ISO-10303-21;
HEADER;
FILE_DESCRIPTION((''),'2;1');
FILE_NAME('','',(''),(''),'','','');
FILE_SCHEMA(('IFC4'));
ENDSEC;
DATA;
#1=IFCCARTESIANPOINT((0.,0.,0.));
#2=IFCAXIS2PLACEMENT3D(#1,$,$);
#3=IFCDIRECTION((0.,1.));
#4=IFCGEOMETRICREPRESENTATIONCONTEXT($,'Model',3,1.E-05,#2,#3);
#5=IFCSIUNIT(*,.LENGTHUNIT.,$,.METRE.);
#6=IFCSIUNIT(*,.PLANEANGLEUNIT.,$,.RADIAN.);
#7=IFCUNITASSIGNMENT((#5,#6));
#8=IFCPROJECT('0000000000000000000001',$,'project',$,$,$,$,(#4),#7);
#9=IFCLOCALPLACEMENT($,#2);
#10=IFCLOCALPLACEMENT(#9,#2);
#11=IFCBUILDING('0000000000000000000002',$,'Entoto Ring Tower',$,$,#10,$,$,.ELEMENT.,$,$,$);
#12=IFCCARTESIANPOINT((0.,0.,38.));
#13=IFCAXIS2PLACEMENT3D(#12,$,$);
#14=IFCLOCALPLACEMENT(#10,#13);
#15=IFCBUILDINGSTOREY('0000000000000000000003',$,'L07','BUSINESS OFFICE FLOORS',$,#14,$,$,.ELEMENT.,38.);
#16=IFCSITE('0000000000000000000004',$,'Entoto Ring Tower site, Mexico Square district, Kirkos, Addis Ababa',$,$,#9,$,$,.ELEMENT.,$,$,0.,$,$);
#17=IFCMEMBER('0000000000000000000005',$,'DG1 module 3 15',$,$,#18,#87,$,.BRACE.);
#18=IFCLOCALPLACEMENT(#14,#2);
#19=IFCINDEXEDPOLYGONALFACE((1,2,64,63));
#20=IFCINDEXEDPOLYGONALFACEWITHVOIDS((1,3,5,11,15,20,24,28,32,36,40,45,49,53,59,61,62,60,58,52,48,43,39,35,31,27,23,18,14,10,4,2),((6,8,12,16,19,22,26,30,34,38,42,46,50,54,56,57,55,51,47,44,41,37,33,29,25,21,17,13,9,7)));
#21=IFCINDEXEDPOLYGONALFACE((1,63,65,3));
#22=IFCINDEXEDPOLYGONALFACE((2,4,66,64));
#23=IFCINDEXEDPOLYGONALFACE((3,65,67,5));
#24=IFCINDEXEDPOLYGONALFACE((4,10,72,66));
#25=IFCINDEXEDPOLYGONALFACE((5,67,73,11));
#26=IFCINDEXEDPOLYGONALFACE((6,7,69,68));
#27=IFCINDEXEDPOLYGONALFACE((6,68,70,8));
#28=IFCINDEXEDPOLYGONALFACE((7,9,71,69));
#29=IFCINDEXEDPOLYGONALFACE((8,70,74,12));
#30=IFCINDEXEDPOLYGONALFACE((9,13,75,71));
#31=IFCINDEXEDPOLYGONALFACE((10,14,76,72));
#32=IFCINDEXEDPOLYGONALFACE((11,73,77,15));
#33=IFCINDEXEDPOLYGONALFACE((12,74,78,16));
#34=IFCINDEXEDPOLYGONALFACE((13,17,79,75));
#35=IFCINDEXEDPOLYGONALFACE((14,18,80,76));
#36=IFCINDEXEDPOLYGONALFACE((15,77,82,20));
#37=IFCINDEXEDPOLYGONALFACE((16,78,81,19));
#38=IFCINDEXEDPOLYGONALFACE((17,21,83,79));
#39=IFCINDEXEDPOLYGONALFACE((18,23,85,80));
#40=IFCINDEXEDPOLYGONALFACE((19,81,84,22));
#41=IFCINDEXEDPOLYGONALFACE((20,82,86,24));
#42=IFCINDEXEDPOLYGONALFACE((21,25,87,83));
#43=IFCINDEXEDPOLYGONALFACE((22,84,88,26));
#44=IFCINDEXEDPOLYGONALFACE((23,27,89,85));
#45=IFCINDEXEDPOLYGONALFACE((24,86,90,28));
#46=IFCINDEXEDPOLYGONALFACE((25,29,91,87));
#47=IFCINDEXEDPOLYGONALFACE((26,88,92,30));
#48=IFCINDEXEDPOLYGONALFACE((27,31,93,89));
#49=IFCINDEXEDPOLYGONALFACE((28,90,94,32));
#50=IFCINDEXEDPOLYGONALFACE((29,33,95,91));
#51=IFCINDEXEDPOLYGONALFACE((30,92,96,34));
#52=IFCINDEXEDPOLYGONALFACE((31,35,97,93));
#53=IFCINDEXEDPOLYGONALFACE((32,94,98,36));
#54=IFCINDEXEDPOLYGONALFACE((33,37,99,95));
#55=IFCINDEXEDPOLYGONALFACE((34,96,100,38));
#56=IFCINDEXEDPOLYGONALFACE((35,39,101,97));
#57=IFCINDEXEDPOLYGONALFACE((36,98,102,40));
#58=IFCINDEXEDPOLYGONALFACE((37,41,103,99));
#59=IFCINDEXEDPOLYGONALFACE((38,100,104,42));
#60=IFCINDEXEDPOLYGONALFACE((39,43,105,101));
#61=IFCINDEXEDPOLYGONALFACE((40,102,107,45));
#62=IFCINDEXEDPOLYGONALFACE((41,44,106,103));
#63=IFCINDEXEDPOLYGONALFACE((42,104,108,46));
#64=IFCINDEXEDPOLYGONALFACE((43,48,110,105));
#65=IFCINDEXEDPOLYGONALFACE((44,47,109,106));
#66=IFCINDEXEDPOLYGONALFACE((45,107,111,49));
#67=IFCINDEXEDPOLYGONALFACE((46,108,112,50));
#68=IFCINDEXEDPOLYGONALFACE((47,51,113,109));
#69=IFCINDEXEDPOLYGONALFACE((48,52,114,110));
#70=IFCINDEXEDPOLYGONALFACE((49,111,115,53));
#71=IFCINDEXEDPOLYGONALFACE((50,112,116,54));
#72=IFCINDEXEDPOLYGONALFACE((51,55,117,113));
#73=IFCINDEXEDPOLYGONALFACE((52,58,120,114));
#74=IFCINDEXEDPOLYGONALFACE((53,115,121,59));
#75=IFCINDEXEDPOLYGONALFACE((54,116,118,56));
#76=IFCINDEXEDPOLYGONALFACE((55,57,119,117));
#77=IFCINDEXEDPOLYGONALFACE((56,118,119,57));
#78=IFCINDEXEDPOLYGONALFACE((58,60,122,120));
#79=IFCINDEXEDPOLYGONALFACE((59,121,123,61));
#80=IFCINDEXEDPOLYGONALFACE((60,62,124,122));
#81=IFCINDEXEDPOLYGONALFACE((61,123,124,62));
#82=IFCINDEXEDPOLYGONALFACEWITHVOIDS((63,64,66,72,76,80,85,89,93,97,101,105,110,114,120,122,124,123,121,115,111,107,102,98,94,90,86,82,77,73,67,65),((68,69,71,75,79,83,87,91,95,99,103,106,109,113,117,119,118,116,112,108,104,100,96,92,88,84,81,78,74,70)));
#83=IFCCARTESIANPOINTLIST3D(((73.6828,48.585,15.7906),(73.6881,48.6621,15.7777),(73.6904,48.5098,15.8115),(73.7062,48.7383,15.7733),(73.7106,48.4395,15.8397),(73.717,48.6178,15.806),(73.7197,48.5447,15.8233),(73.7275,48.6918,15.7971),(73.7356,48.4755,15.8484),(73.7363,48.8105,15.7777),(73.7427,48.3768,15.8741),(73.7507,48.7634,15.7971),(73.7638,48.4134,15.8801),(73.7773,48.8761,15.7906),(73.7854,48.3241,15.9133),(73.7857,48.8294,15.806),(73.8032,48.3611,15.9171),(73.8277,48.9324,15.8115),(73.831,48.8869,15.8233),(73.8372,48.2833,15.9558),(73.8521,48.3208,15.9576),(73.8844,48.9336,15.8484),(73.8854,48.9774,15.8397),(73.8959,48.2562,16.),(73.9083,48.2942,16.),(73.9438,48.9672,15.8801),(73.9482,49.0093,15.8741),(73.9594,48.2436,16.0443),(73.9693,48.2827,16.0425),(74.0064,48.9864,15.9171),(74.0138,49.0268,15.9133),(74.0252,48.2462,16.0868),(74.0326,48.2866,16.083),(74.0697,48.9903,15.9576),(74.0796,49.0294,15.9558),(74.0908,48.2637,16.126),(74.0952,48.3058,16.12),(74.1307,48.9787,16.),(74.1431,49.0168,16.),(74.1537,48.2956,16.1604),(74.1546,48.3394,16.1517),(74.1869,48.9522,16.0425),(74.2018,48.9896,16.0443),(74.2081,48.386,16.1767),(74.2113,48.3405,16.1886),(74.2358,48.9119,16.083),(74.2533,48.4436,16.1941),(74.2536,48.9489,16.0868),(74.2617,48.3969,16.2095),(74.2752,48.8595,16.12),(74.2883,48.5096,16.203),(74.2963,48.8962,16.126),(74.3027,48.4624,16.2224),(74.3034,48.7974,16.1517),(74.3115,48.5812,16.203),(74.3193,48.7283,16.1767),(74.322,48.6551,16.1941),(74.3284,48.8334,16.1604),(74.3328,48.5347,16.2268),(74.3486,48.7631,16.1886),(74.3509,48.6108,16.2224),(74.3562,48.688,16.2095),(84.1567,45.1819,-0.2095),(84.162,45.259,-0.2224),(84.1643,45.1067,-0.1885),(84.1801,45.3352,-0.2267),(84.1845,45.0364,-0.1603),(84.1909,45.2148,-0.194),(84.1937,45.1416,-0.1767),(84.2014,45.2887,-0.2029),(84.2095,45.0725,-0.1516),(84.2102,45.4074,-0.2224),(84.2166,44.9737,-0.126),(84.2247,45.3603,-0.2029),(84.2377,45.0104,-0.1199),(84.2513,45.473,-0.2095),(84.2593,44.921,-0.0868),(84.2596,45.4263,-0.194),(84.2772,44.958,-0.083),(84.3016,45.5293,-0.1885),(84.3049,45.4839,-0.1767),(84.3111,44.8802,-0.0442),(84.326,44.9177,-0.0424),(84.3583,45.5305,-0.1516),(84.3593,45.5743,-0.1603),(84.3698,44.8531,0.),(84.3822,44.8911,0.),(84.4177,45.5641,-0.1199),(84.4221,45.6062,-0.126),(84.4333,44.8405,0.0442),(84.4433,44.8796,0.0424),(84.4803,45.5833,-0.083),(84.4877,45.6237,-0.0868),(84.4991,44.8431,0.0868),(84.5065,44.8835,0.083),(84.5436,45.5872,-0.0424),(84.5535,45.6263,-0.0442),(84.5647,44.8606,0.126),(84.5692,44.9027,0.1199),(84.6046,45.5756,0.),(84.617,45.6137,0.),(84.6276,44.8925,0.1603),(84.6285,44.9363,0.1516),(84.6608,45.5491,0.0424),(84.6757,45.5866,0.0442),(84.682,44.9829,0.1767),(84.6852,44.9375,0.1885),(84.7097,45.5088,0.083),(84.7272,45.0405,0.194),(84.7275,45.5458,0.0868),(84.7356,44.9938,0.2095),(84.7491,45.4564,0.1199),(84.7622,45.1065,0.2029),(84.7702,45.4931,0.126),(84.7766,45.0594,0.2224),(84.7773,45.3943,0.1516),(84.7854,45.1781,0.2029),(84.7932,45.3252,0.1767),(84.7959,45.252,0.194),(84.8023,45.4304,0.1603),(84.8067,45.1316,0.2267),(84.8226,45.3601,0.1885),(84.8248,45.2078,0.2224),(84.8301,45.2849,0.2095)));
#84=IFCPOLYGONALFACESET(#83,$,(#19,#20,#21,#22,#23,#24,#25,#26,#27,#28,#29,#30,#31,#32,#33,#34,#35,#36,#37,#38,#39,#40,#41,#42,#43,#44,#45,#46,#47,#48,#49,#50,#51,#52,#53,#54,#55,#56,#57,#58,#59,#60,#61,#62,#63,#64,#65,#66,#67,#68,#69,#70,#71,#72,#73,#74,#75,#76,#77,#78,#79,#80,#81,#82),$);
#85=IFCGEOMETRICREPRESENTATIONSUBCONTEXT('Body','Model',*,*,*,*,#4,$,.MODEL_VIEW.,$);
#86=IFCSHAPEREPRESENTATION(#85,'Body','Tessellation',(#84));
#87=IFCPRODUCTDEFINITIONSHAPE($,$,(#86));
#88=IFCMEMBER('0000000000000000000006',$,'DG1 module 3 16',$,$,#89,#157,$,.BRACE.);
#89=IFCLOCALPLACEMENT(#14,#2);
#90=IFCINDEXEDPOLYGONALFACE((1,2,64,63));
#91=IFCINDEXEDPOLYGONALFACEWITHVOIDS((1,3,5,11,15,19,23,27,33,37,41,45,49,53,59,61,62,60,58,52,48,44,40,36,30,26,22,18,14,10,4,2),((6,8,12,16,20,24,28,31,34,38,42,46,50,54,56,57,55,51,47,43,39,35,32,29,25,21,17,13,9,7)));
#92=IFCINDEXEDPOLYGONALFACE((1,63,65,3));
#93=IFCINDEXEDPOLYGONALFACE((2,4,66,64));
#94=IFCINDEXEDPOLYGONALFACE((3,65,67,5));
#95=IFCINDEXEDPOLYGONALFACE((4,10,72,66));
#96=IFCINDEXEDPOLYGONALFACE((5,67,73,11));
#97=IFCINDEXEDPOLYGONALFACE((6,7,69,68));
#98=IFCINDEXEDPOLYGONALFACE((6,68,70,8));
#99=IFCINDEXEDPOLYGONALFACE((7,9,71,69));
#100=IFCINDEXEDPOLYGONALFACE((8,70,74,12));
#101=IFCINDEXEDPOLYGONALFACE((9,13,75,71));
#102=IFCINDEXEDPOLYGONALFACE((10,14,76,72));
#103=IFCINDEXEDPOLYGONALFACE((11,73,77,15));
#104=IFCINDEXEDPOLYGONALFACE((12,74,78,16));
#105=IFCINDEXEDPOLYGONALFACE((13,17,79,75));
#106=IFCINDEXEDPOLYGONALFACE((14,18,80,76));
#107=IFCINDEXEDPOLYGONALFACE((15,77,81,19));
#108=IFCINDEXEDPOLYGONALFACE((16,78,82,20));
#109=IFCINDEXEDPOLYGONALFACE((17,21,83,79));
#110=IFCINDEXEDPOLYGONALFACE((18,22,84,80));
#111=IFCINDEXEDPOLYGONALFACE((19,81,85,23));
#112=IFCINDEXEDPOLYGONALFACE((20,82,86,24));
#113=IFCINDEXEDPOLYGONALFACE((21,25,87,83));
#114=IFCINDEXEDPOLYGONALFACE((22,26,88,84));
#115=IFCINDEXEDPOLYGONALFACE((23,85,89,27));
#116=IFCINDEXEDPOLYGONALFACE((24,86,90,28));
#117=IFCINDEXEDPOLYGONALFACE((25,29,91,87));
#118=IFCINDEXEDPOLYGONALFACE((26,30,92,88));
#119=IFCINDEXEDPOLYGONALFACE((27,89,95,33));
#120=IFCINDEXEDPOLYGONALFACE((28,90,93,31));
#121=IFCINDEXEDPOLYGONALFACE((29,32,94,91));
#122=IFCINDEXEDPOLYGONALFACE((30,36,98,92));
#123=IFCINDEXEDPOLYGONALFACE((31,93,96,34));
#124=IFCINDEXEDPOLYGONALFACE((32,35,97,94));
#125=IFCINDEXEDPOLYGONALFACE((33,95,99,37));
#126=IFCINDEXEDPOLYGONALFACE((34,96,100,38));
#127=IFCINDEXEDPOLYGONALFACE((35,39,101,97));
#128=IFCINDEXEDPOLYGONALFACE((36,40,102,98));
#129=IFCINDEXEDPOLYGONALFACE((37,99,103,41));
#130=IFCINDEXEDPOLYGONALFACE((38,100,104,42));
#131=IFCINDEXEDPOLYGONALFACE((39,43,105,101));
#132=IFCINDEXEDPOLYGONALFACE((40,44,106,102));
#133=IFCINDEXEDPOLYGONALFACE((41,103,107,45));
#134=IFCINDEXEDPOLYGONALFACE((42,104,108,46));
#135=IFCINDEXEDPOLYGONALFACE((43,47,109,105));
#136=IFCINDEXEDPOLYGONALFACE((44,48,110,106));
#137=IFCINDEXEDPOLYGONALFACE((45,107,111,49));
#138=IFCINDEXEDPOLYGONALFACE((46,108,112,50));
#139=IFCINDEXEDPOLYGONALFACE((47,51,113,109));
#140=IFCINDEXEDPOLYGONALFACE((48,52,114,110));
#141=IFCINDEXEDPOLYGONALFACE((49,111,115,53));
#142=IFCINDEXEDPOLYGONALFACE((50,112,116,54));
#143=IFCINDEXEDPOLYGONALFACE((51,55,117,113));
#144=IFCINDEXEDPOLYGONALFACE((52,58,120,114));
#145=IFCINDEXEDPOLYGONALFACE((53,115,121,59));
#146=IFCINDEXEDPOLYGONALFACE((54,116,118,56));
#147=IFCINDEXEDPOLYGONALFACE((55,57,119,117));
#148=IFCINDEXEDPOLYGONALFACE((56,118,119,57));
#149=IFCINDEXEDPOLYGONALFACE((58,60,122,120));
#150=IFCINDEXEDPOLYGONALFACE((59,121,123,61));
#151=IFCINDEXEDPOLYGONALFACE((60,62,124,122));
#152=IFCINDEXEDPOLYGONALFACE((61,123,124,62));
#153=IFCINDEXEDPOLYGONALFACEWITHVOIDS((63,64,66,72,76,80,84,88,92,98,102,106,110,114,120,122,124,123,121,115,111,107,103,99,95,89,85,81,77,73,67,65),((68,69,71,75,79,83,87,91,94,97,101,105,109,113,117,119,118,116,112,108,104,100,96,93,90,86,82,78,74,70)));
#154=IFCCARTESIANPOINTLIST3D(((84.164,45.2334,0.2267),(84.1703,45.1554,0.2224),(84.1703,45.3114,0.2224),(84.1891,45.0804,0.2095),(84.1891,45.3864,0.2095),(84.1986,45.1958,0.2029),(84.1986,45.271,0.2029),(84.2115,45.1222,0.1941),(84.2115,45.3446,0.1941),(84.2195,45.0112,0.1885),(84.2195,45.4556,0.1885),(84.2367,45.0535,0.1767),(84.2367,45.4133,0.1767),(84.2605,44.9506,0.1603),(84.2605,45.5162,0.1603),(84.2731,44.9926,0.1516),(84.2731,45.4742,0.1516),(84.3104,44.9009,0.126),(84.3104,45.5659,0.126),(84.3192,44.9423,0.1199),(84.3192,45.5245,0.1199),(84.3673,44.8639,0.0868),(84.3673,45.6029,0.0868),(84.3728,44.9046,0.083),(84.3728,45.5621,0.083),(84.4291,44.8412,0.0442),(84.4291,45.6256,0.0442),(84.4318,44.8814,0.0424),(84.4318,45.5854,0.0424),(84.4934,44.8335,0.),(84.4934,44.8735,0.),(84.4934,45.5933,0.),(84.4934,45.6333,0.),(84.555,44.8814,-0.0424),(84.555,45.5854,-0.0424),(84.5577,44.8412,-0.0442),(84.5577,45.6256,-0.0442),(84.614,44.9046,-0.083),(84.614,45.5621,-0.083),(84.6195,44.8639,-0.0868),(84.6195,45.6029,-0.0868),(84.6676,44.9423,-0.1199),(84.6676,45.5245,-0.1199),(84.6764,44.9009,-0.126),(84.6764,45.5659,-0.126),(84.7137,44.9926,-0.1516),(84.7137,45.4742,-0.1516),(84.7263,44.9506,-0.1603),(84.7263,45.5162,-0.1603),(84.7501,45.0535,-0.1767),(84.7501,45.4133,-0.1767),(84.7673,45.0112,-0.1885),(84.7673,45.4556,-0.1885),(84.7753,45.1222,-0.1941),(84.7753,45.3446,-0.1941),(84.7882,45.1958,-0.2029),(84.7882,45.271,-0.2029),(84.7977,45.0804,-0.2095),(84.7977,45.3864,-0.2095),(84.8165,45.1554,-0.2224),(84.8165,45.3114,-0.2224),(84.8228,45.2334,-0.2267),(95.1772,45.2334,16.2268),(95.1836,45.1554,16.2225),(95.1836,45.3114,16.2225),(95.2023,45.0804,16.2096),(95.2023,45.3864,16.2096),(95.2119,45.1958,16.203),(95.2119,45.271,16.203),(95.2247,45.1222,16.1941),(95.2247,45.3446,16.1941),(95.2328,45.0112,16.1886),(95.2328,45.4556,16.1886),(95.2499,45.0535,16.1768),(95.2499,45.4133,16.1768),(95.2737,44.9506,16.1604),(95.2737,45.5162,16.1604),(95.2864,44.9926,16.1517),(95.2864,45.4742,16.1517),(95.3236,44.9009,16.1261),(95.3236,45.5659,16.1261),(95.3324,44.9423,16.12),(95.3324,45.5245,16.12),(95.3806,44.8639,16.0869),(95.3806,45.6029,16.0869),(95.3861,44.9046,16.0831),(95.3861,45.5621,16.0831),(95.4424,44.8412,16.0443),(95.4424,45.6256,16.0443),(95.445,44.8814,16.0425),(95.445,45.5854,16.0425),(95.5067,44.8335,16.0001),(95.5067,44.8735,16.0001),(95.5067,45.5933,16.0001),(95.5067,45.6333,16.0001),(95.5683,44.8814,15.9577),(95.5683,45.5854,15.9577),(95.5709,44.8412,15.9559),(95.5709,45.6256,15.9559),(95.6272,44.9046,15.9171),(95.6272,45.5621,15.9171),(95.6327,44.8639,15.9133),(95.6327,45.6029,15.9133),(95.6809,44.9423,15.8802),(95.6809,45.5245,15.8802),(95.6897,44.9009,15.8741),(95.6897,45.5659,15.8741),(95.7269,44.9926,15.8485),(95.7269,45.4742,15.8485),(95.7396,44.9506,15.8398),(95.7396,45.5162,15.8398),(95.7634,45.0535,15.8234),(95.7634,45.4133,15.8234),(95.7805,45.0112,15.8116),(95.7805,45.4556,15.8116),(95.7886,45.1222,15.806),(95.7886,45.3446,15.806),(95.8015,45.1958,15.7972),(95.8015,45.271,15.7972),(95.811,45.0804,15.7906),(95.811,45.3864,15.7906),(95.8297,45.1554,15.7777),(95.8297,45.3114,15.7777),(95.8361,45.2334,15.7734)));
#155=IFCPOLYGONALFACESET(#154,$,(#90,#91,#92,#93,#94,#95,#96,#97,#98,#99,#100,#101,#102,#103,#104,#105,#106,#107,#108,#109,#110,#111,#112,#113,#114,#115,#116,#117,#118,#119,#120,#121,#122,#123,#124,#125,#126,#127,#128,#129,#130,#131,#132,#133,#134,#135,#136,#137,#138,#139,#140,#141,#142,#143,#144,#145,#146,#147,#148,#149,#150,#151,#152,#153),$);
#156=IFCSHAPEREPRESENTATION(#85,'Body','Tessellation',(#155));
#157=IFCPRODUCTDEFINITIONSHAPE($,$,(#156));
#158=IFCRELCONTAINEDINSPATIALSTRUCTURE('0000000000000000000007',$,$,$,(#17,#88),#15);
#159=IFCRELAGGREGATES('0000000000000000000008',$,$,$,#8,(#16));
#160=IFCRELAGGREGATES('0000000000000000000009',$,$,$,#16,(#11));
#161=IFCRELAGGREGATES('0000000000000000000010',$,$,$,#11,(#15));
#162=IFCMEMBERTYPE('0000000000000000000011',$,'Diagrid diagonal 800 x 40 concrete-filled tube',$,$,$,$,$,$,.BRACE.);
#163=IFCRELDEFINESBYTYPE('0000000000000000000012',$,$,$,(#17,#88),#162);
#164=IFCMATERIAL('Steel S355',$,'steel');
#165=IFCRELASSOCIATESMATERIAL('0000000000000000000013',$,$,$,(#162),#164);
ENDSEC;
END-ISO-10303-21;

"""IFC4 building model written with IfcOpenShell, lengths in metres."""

from ifc_helpers import new_model, si_unit, direction, frame, origin, origin_2d, place, context, subcontext, project, spatial, circle, hollow_circle, extrude, material, material_profile, profile_set, type_object, element, save


model = new_model("IFC4")

# Units and contexts
model_context = context("Model", 3, precision=1e-05, world=origin(), true_north=direction((0.0, 1.0)))
body_context = subcontext(model_context, "Body", "Model", "MODEL_VIEW")
ifc_project = project(units=[si_unit("LENGTHUNIT", "METRE"), si_unit("PLANEANGLEUNIT", "RADIAN")], contexts=[model_context])

# Site, building, storey
site_placement = place(None, origin())
site = spatial("IfcSite", under=ifc_project, at=site_placement, Name="Entoto Ring Tower site, Mexico Square district, Kirkos, Addis Ababa", CompositionType="ELEMENT", RefElevation=0.0)
building_placement = place(site_placement, origin())
building = spatial("IfcBuilding", under=site, at=building_placement, Name="Entoto Ring Tower", CompositionType="ELEMENT")
storey_placement = place(building_placement, frame((0.0, 0.0, 38.0)))
storey = spatial("IfcBuildingStorey", under=building, at=storey_placement, Name="L07", Description="BUSINESS OFFICE FLOORS", CompositionType="ELEMENT", Elevation=38.0)

# Members
ifc_material_1 = material(Name="Steel S355", Category="steel")
ifc_material_profile_1 = material_profile(ifc_material_1, hollow_circle(Radius=0.3999, WallThickness=0.04, at=origin_2d()), Name="CHS 800 x 40")
ifc_material_2 = material(Name="Concrete C60/75", Category="concrete")
ifc_material_profile_2 = material_profile(ifc_material_2, circle(Radius=0.3601, at=origin_2d()), Name="Concrete C60/75 infill")
ifc_profile_set_1 = profile_set([ifc_material_profile_1, ifc_material_profile_2], Name="Steel S355")
member_type_1 = type_object("IfcMemberType", Name="Diagrid diagonal 800 x 40 concrete-filled tube", PredefinedType="BRACE", material=ifc_profile_set_1)
for number, where, z_axis, x_axis, name in (
    (1, (84.4934, 45.2334, 0.0), (-0.53923, 0.175202, 0.823733), (-0.309009, -0.951059, 0.0), "DG1 module 3 15"),
):
    element("IfcMember", number, at=place(storey_placement, frame(where, z_axis=z_axis, x_axis=x_axis)), inside=storey, type_object=member_type_1, Name=name, PredefinedType="BRACE", context=body_context, shape_type="SweptSolid", body=[
        extrude(hollow_circle(Radius=0.3999, WallThickness=0.04, at=origin_2d()), origin(), (0.0, 0.0, 1.0), 19.4238),
    ])
member_placement = place(storey_placement, frame((84.4934, 45.2334, 0.0), z_axis=(0.56699, 0.0, 0.823725), x_axis=(0.0, 1.0, 0.0)))
element("IfcMember", 2, at=member_placement, inside=storey, type_object=member_type_1, Name="DG1 module 3 16", PredefinedType="BRACE", context=body_context, shape_type="SweptSolid", body=[
    extrude(hollow_circle(Radius=0.3999, WallThickness=0.04, at=origin_2d()), origin(), (0.0, 0.0, 1.0), 19.4241),
])

save(model, "model.ifc")
